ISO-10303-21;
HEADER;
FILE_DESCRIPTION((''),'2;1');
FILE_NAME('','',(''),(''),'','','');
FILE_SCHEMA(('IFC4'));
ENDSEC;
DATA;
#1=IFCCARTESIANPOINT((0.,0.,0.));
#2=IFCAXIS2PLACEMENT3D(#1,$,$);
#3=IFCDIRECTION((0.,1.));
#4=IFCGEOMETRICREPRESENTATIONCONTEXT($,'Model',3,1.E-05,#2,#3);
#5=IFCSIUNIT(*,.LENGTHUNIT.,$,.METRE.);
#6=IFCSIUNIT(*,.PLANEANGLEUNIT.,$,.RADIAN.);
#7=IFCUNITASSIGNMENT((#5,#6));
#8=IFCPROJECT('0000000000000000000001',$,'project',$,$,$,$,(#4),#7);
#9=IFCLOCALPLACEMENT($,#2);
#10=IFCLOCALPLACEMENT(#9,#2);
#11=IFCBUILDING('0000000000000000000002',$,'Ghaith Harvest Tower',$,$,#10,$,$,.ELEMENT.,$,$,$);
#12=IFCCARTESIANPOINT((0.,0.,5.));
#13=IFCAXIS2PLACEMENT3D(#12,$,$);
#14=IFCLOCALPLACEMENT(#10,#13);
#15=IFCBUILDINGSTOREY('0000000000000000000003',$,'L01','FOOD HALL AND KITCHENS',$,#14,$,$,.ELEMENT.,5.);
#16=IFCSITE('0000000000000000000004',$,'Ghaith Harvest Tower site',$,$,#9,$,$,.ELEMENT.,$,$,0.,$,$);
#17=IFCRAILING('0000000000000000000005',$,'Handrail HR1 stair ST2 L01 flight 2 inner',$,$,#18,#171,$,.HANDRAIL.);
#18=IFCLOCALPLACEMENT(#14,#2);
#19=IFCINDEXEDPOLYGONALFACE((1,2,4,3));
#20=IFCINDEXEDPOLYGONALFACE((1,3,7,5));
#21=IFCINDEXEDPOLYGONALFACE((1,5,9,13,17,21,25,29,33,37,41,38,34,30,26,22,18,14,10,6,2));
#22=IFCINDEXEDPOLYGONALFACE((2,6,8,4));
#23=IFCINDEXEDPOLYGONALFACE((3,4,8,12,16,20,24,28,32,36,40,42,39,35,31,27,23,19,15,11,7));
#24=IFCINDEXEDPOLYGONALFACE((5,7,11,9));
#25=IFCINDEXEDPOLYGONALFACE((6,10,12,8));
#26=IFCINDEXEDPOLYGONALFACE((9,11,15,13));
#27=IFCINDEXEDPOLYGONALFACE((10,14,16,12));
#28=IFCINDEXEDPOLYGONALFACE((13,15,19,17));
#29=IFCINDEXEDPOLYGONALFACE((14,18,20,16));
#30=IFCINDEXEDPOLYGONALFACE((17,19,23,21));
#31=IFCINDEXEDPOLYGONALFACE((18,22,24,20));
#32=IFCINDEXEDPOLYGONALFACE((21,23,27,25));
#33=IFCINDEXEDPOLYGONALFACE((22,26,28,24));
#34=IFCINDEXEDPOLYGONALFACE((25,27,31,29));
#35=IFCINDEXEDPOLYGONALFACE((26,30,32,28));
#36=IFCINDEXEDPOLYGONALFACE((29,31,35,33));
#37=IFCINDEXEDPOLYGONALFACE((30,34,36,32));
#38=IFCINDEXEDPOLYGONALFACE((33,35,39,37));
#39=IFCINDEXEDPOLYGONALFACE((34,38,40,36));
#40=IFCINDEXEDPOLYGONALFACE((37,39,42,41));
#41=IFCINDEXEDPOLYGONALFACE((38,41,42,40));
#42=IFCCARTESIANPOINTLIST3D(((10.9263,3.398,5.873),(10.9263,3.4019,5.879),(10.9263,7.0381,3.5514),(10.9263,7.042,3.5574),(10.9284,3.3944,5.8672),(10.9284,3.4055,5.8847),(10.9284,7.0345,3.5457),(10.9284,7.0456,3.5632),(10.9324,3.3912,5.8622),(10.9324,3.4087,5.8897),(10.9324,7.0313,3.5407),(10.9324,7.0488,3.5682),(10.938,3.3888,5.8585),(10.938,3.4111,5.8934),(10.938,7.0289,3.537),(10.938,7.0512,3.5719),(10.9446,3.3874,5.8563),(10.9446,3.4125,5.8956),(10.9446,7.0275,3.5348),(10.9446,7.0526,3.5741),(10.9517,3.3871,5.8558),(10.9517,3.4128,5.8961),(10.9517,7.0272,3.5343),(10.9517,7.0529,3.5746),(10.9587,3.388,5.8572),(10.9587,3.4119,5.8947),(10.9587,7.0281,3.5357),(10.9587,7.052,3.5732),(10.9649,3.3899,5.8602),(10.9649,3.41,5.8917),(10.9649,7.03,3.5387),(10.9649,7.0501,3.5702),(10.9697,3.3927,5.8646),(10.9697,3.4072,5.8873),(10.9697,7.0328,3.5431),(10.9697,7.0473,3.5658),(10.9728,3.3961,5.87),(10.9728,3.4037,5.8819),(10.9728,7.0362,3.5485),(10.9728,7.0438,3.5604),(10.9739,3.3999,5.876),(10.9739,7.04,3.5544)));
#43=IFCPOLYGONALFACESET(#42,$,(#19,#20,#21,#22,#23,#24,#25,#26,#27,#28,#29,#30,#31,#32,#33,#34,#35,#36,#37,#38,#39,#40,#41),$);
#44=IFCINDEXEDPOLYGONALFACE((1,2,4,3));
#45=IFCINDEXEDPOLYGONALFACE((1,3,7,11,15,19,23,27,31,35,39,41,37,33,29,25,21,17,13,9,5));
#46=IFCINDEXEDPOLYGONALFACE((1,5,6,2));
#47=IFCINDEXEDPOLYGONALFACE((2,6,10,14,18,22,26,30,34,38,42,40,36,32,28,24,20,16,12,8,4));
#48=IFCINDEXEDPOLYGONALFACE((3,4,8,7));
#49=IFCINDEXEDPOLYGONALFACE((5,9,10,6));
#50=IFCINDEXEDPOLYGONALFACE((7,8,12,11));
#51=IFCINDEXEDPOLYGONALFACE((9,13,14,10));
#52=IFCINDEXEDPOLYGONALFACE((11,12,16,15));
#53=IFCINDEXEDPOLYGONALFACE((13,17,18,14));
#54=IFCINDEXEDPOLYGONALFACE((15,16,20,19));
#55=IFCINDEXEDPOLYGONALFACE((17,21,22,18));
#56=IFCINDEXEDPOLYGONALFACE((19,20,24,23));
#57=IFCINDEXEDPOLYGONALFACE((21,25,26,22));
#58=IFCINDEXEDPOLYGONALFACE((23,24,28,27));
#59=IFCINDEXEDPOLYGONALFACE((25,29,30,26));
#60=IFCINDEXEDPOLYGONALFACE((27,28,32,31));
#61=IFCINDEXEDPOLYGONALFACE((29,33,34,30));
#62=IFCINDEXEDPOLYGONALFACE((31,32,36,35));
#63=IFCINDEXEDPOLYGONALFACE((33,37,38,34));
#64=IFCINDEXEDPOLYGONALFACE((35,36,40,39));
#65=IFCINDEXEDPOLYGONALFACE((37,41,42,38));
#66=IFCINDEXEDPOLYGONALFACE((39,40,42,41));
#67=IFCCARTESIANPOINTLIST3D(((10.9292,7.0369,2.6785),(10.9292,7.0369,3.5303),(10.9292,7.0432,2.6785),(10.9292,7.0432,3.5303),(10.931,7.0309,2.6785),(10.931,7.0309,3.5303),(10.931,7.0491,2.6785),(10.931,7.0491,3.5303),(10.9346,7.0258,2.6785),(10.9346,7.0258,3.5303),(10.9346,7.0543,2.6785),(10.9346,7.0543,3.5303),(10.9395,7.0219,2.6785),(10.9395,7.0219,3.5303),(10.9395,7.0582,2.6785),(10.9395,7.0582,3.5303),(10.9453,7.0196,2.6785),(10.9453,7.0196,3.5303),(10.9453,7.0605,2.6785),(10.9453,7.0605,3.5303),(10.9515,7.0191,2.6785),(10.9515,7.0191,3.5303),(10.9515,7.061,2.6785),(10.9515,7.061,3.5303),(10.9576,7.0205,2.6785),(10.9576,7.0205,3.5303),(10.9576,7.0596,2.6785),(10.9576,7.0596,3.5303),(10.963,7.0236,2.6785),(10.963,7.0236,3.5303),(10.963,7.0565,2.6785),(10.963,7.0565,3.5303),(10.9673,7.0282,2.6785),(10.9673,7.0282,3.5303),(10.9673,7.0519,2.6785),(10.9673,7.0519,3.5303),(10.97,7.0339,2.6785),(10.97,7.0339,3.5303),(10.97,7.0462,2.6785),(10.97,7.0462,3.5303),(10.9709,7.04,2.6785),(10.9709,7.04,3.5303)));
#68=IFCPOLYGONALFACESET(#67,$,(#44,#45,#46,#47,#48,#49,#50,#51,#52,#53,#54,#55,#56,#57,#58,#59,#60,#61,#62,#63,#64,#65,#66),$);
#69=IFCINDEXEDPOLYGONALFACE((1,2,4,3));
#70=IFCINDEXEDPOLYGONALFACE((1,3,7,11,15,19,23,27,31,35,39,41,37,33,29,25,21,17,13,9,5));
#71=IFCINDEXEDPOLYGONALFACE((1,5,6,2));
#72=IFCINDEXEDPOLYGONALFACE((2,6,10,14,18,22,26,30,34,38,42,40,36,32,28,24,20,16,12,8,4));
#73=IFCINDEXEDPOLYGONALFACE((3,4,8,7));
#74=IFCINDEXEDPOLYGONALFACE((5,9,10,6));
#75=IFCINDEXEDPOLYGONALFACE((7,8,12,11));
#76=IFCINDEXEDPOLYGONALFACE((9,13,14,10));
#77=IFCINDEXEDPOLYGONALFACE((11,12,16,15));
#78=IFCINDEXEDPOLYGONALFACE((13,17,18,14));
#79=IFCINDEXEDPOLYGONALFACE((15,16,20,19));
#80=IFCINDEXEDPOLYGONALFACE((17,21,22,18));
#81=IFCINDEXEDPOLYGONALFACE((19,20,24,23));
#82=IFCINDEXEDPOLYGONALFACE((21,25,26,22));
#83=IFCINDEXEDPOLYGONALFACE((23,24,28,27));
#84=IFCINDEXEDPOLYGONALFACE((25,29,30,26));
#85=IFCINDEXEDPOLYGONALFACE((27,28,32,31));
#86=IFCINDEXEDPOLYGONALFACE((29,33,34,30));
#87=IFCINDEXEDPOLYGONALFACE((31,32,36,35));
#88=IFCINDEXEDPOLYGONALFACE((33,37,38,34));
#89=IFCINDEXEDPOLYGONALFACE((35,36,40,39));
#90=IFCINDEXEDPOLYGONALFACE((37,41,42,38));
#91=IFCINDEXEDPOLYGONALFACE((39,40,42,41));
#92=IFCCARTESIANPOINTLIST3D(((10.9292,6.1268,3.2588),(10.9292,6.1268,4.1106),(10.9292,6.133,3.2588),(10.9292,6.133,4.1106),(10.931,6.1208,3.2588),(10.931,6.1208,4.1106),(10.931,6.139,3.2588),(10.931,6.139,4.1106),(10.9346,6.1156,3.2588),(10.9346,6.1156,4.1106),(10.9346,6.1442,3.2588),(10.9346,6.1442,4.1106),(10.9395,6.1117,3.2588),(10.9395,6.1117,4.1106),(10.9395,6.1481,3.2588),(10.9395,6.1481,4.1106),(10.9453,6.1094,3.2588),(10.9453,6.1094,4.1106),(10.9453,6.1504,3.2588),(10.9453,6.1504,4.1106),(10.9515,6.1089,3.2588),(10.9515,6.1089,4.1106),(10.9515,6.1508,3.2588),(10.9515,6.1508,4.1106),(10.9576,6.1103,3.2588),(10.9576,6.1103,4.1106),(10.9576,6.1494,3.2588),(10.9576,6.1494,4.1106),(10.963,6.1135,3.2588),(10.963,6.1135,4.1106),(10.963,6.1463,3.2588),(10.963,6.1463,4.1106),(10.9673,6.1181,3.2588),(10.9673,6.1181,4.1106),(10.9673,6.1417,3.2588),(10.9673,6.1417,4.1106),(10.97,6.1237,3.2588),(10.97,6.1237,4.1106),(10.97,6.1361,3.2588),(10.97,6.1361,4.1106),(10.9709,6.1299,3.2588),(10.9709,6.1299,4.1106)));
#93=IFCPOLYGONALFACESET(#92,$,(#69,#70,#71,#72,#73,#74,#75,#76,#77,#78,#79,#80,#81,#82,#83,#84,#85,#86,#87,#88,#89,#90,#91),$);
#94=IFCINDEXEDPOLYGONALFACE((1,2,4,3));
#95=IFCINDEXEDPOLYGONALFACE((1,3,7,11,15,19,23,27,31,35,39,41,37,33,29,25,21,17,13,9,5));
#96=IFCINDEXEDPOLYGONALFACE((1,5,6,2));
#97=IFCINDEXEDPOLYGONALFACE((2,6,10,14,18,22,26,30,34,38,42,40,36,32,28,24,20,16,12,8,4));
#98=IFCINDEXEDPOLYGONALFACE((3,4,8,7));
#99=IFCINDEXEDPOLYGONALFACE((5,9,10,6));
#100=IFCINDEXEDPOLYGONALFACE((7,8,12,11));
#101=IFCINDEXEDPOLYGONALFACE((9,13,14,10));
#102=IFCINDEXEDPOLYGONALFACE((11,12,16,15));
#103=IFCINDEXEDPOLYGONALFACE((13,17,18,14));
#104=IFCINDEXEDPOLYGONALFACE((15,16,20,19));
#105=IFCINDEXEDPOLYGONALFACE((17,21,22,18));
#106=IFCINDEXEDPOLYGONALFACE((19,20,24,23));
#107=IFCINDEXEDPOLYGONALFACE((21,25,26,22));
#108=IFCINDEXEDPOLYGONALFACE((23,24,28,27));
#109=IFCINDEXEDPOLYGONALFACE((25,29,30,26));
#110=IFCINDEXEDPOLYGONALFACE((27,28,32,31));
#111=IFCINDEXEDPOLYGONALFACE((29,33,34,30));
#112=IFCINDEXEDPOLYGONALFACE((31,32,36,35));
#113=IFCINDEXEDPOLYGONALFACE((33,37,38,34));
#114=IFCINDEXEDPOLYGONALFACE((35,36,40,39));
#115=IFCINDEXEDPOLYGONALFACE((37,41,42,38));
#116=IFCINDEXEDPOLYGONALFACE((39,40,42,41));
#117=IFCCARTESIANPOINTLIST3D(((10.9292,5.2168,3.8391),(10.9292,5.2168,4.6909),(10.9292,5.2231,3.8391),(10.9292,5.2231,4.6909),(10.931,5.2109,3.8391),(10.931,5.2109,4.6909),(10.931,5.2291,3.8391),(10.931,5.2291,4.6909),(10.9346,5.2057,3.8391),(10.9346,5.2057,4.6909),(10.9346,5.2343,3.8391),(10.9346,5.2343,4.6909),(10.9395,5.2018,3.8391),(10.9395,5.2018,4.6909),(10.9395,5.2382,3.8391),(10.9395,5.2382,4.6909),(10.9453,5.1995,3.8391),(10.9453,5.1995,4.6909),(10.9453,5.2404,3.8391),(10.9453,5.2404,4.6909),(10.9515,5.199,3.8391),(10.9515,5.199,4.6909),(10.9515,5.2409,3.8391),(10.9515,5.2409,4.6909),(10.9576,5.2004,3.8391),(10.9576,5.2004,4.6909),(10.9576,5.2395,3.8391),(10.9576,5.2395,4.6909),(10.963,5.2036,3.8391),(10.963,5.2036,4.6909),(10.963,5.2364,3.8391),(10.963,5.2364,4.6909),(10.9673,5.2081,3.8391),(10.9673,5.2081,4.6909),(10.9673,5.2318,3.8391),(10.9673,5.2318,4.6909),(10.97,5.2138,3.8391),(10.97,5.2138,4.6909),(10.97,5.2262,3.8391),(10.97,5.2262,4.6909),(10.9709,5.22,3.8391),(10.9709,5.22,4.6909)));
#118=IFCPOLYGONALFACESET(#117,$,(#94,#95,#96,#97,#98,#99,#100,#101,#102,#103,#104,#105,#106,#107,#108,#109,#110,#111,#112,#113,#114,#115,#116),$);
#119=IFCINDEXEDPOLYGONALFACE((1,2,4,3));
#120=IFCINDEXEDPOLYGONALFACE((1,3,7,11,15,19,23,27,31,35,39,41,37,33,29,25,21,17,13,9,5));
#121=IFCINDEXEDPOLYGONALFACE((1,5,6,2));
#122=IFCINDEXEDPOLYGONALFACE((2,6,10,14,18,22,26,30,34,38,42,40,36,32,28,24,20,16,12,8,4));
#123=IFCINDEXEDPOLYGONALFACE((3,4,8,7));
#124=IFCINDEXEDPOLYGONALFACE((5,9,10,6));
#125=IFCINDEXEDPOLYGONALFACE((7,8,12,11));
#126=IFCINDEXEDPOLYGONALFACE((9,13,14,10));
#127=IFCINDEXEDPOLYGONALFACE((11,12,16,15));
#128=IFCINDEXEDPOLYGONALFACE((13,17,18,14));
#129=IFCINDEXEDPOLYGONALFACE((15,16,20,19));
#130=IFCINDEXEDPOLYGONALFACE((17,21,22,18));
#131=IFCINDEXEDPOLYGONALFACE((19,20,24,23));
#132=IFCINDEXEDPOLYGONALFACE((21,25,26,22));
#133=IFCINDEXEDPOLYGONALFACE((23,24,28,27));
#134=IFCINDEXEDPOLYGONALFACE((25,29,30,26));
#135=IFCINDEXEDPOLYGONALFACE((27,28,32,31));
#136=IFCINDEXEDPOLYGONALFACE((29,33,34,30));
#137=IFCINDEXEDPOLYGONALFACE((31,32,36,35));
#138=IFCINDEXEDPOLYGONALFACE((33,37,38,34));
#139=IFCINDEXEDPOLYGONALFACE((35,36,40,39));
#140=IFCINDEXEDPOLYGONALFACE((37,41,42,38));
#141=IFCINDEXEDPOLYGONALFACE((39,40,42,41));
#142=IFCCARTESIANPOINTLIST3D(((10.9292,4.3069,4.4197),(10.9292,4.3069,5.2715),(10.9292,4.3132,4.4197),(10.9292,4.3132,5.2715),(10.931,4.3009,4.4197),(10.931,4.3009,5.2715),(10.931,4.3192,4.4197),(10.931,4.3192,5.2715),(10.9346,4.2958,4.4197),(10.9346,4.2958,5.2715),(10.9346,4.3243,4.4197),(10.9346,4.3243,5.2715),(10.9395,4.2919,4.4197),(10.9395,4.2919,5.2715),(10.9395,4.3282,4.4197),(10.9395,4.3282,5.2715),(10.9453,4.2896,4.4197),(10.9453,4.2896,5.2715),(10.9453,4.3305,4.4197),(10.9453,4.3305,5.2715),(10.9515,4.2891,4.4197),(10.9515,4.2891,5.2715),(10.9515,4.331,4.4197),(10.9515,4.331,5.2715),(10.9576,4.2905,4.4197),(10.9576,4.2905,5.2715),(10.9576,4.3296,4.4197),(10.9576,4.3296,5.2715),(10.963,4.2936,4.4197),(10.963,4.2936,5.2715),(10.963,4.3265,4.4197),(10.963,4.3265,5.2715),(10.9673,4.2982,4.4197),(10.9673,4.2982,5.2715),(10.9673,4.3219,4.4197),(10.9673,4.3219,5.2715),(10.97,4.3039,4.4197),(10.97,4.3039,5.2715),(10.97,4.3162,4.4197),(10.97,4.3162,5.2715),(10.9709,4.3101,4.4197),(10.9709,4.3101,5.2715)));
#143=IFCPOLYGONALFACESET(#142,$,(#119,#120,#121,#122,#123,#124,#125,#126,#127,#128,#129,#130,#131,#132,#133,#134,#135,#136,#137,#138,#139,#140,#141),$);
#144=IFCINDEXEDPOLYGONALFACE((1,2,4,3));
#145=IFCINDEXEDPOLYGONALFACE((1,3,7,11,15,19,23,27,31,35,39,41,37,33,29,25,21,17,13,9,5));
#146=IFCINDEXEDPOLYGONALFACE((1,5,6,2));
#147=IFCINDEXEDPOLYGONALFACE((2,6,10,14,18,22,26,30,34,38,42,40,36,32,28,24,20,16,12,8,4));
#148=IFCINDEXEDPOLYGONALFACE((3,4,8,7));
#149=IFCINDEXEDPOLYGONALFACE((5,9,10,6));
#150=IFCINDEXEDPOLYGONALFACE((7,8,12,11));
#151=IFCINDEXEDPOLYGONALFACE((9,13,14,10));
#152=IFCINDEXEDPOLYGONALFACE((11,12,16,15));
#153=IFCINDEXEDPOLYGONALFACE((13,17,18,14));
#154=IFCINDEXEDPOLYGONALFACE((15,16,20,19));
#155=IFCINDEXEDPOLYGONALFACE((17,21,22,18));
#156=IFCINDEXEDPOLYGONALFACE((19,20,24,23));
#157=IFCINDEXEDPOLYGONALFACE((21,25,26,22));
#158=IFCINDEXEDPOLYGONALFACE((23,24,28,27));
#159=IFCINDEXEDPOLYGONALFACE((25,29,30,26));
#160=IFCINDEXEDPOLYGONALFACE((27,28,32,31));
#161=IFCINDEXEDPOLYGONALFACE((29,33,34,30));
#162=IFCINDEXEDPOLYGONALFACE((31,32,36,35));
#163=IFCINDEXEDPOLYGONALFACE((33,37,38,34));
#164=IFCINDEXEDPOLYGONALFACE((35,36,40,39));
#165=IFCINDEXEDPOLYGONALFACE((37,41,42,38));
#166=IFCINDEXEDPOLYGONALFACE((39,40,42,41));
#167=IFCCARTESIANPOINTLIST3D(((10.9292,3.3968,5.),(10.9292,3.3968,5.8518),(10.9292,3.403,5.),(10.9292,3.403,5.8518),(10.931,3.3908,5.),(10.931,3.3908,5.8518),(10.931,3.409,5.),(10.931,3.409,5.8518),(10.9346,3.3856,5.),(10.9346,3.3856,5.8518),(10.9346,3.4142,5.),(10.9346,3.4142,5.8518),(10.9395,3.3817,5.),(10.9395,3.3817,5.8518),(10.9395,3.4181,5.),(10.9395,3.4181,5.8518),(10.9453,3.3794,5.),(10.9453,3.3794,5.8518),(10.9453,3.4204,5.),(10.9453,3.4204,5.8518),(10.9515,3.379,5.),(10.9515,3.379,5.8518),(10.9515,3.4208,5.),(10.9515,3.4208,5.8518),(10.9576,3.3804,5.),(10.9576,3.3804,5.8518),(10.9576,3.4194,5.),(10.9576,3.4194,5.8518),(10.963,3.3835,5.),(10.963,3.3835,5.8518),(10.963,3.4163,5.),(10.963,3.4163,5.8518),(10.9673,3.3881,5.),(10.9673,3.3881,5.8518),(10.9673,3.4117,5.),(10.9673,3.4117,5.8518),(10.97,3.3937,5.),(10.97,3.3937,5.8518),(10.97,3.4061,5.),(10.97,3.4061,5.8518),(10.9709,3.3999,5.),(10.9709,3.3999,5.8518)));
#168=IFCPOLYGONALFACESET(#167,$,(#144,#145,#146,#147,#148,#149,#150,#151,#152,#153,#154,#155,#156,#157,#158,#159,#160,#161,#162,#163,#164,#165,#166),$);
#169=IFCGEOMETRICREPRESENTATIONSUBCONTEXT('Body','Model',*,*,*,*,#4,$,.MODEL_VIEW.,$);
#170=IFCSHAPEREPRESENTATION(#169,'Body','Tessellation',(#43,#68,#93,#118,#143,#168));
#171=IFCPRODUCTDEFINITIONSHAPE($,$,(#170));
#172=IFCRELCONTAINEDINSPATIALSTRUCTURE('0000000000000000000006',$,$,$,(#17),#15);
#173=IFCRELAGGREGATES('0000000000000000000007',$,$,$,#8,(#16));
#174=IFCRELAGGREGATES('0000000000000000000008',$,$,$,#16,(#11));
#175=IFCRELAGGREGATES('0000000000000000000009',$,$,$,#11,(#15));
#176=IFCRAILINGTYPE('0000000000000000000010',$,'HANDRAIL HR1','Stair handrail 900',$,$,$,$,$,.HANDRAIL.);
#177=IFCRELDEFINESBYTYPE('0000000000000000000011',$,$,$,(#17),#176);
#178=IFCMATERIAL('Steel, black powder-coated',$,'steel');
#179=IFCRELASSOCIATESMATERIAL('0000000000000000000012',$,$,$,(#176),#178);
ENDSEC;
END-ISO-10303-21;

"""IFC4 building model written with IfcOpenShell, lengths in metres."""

from ifc_helpers import new_model, si_unit, direction, frame, origin, origin_2d, place, context, subcontext, project, spatial, circle, extrude, material, type_object, element, save


model = new_model("IFC4")

# Units and contexts
model_context = context("Model", 3, precision=1e-05, world=origin(), true_north=direction((0.0, 1.0)))
body_context = subcontext(model_context, "Body", "Model", "MODEL_VIEW")
ifc_project = project(units=[si_unit("LENGTHUNIT", "METRE"), si_unit("PLANEANGLEUNIT", "RADIAN")], contexts=[model_context])

# Site, building, storey
site_placement = place(None, origin())
site = spatial("IfcSite", under=ifc_project, at=site_placement, Name="Ghaith Harvest Tower site", CompositionType="ELEMENT", RefElevation=0.0)
building_placement = place(site_placement, origin())
building = spatial("IfcBuilding", under=site, at=building_placement, Name="Ghaith Harvest Tower", CompositionType="ELEMENT")
storey_placement = place(building_placement, frame((0.0, 0.0, 5.0)))
storey = spatial("IfcBuildingStorey", under=building, at=storey_placement, Name="L01", Description="FOOD HALL AND KITCHENS", CompositionType="ELEMENT", Elevation=5.0)

# Railing
ifc_material_1 = material(Name="Steel, black powder-coated", Category="steel")
railing_type = type_object("IfcRailingType", Name="HANDRAIL HR1", Description="Stair handrail 900", PredefinedType="HANDRAIL", material=ifc_material_1)
railing_1_placement = place(storey_placement, frame((10.95, 7.04, 2.6785)))
element("IfcRailing", 1, at=railing_1_placement, inside=storey, type_object=railing_type, Name="Handrail HR1 stair ST2 L01 flight 2 inner", PredefinedType="HANDRAIL", context=body_context, shape_type="SweptSolid", body=[
    extrude(circle(Radius=0.0239, at=origin_2d()), frame((0.0, 0.0, 0.876), z_axis=(0.0, -0.843128, 0.537713), x_axis=(1.0, 0.0, 0.0)), (0.0, 0.0, 1.0), 4.3174),
    extrude(circle(Radius=0.021, at=origin_2d()), origin(), (0.0, 0.0, 1.0), 0.8518),
    extrude(circle(Radius=0.021, at=origin_2d()), frame((0.0, -0.9102, 0.5803)), (0.0, 0.0, 1.0), 0.8518),
    extrude(circle(Radius=0.021, at=origin_2d()), frame((0.0, -1.8201, 1.1606)), (0.0, 0.0, 1.0), 0.8518),
    extrude(circle(Radius=0.021, at=origin_2d()), frame((0.0, -2.73, 1.7412)), (0.0, 0.0, 1.0), 0.8518),
    extrude(circle(Radius=0.021, at=origin_2d()), frame((0.0, -3.6401, 2.3215)), (0.0, 0.0, 1.0), 0.8518),
])

save(model, "model.ifc")
